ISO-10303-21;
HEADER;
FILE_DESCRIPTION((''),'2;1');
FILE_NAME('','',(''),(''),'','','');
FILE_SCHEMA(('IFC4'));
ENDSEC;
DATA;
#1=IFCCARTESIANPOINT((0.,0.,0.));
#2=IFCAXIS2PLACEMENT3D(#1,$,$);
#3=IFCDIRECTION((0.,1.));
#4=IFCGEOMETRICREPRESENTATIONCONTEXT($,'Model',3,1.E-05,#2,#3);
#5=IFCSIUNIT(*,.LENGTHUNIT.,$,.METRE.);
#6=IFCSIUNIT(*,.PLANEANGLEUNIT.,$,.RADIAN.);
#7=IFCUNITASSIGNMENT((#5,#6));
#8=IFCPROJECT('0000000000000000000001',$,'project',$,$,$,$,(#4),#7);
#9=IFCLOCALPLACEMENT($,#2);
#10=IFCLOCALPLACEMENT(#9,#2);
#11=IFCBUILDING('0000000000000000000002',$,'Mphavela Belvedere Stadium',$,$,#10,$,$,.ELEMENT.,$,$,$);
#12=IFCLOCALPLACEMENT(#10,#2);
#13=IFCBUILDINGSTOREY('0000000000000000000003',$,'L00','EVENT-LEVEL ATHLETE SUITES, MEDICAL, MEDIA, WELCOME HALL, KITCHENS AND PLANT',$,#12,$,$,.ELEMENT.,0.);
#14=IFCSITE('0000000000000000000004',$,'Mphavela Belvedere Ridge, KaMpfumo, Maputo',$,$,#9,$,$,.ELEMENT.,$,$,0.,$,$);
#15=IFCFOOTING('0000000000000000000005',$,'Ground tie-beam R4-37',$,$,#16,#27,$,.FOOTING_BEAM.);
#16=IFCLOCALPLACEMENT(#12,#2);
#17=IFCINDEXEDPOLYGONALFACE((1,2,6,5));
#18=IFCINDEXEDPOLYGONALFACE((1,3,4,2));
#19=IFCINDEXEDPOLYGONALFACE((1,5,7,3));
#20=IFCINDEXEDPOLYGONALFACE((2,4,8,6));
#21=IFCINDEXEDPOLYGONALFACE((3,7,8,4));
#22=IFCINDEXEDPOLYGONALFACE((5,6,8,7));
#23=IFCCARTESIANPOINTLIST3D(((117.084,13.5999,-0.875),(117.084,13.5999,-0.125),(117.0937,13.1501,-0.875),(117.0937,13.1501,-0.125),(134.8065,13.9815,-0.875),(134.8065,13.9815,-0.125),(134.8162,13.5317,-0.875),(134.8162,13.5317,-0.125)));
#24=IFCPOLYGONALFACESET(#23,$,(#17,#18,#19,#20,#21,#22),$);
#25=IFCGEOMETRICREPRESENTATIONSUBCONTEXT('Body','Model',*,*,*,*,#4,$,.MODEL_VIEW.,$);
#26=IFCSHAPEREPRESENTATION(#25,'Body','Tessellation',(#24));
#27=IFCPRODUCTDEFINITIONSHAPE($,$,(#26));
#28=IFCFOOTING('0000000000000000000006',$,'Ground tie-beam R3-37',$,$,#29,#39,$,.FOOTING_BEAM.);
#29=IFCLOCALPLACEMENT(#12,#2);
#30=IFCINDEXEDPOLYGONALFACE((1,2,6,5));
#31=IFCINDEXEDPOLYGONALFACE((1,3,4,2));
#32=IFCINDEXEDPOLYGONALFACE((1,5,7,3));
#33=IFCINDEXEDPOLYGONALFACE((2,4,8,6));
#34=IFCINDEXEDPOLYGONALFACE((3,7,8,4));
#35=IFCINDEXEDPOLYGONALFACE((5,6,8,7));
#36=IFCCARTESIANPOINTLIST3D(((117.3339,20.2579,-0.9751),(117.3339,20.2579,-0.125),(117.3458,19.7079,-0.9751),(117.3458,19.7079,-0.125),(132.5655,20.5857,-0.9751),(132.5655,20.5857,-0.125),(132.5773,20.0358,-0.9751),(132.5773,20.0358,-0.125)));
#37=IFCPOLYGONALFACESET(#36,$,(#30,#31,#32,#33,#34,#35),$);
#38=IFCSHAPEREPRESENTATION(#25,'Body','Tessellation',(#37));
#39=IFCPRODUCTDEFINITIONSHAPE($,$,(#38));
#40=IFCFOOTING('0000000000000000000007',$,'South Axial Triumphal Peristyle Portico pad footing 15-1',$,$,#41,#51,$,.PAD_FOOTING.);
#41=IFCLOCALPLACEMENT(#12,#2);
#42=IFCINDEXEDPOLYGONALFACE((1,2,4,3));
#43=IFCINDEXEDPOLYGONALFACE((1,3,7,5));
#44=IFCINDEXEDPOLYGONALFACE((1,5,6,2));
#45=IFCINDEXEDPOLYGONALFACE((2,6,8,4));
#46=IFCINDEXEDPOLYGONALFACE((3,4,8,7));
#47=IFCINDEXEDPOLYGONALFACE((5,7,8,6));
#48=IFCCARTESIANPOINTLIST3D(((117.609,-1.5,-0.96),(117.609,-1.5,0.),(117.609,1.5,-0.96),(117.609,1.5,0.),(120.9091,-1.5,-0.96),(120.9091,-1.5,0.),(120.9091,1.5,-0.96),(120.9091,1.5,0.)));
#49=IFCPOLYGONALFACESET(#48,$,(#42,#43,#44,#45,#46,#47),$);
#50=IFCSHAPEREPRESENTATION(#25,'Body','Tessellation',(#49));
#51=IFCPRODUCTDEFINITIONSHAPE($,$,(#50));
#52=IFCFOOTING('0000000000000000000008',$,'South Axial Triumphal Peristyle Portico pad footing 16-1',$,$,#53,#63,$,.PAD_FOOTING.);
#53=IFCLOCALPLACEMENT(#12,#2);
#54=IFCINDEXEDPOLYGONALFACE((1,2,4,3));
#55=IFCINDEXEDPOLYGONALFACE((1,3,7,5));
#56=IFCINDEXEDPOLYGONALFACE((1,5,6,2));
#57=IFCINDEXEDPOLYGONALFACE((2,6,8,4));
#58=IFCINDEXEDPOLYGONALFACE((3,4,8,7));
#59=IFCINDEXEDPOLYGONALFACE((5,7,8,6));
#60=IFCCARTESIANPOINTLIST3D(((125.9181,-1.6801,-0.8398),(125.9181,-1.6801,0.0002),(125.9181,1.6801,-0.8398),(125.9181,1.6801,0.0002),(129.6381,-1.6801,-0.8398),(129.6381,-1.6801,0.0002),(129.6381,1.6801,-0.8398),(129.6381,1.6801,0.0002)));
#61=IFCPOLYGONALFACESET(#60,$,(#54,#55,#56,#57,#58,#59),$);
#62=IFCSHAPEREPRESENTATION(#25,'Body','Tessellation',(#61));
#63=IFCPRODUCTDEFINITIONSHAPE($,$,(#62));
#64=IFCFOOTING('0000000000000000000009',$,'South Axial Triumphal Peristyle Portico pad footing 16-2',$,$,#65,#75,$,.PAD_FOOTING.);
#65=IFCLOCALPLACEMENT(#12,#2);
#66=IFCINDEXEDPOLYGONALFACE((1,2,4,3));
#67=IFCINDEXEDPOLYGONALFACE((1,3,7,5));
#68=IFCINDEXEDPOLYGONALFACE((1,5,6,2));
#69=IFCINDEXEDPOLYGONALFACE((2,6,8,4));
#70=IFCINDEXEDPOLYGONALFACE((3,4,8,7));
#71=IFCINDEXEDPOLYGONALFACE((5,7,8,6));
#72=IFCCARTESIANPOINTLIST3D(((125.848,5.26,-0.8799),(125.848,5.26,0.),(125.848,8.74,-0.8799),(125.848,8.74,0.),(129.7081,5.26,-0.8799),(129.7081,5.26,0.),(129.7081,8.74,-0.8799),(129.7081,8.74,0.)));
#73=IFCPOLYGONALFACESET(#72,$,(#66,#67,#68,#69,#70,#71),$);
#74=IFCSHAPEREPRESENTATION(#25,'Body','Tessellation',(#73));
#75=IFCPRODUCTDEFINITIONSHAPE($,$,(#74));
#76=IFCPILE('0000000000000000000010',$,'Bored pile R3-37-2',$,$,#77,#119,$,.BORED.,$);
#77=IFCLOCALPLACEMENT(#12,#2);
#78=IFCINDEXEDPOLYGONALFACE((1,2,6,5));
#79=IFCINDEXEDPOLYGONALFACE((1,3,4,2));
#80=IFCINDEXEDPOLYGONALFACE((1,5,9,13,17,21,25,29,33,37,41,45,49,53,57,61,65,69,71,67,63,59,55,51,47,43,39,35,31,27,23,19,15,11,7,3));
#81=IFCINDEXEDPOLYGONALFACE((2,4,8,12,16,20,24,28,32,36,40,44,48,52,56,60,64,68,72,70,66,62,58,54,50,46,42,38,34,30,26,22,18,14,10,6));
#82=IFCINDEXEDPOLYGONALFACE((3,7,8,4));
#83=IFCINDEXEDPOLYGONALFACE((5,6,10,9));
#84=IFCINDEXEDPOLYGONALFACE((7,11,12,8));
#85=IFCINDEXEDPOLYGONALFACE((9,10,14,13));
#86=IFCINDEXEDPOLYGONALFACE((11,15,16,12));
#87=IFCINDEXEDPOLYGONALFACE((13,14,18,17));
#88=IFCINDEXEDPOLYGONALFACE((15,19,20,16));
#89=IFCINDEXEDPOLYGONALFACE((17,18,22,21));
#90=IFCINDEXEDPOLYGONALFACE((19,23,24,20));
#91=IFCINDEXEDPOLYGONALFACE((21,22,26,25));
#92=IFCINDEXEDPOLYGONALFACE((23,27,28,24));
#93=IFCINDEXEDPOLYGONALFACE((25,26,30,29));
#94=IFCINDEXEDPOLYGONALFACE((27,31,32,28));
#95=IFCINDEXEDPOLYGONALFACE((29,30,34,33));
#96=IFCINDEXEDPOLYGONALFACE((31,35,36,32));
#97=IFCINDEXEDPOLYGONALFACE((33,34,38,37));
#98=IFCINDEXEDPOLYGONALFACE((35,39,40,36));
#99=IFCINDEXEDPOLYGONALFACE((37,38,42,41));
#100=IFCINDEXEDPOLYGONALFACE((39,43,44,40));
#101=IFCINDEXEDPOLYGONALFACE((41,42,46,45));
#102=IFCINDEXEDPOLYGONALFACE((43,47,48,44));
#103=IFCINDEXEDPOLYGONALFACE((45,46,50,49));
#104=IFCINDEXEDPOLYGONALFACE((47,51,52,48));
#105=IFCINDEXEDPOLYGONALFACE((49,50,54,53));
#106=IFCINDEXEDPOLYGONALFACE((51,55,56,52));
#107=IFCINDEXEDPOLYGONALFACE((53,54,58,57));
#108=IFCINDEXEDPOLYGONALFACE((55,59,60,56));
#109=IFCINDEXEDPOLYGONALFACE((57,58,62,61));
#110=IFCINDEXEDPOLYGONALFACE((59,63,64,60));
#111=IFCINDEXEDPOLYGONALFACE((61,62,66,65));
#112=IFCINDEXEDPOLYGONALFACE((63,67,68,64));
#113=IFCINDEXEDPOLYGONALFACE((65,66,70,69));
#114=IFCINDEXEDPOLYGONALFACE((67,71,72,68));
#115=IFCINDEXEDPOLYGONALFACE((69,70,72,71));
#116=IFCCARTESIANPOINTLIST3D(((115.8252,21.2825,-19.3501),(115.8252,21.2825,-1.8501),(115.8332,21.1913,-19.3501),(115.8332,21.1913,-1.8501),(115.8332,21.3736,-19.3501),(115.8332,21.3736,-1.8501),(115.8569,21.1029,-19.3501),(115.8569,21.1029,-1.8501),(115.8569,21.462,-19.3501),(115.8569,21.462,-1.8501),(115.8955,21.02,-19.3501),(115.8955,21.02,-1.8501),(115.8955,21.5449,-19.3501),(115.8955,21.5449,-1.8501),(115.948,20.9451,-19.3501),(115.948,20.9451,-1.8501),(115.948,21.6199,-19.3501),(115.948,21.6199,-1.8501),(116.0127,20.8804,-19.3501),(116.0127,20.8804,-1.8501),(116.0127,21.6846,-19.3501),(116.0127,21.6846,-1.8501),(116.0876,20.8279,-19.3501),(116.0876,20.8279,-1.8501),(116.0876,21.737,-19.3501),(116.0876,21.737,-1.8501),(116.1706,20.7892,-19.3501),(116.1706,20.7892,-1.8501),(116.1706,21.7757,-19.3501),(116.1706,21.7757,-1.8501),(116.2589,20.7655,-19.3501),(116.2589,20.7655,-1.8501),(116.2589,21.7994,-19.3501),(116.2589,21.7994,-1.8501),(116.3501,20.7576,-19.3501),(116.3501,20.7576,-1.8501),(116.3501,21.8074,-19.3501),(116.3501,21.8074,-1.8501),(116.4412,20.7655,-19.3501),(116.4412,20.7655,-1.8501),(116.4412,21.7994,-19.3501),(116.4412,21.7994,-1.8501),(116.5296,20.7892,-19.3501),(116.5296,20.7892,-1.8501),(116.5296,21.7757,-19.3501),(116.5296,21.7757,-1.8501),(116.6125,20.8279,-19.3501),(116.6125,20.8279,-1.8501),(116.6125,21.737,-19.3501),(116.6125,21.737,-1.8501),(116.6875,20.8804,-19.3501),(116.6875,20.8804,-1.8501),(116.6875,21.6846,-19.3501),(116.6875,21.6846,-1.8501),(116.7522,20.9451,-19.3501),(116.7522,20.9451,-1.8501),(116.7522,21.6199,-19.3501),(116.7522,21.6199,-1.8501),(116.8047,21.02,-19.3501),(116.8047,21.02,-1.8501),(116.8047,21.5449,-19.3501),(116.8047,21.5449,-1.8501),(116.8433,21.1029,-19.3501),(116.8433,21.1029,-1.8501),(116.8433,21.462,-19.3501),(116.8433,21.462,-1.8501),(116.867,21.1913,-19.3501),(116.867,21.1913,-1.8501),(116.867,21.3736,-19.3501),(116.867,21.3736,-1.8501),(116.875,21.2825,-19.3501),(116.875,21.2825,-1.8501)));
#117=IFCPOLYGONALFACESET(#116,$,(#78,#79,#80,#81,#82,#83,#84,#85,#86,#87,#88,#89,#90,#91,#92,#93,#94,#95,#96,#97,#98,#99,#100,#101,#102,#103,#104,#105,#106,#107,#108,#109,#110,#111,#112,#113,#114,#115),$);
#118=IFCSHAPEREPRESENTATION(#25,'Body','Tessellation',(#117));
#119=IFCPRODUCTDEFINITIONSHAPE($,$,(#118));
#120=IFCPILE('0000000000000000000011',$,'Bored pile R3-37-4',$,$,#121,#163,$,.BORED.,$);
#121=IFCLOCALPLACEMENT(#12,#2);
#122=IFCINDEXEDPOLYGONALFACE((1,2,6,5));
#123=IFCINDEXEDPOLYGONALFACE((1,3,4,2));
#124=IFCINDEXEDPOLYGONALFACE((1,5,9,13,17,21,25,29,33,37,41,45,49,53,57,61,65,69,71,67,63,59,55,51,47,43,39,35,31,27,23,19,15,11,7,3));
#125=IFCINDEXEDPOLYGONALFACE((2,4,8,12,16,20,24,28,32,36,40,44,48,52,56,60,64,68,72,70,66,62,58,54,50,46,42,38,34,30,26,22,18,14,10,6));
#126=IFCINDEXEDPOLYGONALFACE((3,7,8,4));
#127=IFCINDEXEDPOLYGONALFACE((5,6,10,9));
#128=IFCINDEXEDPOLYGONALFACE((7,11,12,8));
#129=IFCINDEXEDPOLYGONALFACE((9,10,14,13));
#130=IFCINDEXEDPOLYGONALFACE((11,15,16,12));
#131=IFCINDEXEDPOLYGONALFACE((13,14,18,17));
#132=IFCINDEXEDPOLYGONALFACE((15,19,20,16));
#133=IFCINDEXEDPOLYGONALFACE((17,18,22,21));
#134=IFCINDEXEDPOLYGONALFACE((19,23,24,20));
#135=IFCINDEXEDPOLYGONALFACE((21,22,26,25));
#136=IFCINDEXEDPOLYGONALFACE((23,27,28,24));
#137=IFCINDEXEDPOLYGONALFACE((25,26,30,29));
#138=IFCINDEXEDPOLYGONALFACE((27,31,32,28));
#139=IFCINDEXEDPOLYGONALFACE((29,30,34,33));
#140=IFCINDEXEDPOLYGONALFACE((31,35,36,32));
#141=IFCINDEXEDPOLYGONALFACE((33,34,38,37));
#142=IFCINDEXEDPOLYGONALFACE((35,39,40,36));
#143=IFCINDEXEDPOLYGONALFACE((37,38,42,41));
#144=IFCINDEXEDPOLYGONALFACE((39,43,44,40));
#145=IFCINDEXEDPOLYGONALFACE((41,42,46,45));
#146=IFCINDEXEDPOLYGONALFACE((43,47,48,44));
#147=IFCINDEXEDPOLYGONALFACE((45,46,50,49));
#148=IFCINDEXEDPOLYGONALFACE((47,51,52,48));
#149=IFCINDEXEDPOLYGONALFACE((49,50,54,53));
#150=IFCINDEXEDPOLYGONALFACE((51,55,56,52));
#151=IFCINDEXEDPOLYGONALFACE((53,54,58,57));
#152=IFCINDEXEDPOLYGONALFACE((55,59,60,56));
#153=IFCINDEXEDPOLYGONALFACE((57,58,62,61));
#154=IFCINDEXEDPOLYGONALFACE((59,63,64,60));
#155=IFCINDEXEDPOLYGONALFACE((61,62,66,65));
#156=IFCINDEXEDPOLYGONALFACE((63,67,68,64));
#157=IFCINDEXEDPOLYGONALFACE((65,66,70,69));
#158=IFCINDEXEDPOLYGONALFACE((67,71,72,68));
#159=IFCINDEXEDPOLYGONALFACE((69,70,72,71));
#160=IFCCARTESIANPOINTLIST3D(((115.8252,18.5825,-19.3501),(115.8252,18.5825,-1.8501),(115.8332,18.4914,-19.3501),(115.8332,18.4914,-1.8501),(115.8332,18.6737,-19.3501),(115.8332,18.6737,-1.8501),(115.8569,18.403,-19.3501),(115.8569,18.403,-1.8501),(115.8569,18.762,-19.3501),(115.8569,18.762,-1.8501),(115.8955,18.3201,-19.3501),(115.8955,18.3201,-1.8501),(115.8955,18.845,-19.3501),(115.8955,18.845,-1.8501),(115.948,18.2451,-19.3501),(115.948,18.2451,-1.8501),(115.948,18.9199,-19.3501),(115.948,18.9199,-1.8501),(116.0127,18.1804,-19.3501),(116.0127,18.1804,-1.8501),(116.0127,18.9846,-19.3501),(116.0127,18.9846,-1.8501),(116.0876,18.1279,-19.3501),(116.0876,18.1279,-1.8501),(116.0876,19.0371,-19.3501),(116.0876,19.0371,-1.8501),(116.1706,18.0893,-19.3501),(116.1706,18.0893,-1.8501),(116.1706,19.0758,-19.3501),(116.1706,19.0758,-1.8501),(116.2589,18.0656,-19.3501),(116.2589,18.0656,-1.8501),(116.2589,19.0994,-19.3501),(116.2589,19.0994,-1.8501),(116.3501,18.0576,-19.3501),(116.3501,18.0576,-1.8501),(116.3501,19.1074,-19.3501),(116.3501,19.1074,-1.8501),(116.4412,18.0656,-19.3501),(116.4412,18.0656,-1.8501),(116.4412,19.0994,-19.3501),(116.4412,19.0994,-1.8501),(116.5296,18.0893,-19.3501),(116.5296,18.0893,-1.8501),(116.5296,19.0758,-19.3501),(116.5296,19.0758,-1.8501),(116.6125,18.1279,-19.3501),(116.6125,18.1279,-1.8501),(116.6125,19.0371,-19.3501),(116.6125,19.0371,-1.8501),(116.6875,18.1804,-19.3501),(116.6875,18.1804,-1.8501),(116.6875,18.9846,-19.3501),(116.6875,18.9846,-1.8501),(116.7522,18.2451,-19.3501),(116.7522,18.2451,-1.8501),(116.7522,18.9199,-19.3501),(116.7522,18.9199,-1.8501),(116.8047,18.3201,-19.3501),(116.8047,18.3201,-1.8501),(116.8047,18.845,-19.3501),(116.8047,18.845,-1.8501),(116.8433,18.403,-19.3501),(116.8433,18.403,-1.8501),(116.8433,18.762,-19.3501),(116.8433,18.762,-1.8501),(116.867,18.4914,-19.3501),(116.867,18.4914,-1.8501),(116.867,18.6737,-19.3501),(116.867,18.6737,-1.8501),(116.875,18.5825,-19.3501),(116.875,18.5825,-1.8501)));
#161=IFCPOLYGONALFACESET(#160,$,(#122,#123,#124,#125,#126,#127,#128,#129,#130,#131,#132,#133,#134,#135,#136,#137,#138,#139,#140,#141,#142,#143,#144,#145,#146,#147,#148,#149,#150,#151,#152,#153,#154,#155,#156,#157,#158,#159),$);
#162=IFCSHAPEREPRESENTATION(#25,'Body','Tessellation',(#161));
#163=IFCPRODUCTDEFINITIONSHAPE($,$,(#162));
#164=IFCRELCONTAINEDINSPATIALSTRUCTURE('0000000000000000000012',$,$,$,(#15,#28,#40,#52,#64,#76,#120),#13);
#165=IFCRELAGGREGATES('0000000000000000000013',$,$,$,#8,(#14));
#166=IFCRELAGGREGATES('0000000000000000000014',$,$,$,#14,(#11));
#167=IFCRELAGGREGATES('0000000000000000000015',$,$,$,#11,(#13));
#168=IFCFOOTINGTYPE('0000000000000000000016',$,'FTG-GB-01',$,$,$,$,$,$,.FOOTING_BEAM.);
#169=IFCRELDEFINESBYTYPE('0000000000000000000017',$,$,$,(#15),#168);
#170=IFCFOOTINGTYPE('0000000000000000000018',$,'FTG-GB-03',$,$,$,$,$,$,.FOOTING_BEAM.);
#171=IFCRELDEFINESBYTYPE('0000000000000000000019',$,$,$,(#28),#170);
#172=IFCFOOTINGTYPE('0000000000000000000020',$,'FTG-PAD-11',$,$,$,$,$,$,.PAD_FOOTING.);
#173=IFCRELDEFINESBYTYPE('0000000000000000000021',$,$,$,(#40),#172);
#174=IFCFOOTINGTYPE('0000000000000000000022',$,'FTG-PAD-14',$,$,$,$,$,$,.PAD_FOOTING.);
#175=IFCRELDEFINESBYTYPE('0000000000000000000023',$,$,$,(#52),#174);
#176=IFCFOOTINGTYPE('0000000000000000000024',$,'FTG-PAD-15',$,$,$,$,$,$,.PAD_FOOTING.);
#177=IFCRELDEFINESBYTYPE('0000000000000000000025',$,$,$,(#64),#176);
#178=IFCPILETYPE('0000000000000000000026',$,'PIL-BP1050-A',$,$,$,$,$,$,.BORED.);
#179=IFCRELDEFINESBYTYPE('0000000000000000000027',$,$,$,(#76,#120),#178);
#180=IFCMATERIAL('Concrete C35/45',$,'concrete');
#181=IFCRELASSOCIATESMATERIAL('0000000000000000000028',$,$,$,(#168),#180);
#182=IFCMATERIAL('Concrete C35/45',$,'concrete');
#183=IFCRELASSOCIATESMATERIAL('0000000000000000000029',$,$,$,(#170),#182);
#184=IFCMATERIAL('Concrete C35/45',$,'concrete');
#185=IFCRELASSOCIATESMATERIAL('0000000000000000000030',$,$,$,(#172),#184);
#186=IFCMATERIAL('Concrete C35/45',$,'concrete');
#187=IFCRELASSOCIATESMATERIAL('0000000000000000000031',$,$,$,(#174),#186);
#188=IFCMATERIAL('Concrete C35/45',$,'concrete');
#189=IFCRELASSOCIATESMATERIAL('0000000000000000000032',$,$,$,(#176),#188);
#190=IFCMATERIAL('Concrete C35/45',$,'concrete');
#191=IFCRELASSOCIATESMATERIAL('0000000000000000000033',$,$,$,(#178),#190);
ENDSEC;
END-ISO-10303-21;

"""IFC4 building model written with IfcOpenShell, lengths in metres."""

from ifc_helpers import new_model, si_unit, direction, frame, origin, origin_2d, place, context, subcontext, project, spatial, rectangle, circle, extrude, material, material_profile, profile_set, type_object, element, save


model = new_model("IFC4")

# Units and contexts
model_context = context("Model", 3, precision=1e-05, world=origin(), true_north=direction((0.0, 1.0)))
body_context = subcontext(model_context, "Body", "Model", "MODEL_VIEW")
ifc_project = project(units=[si_unit("LENGTHUNIT", "METRE"), si_unit("PLANEANGLEUNIT", "RADIAN")], contexts=[model_context])

# Site, building, storey
site_placement = place(None, origin())
site = spatial("IfcSite", under=ifc_project, at=site_placement, Name="Mphavela Belvedere Ridge, KaMpfumo, Maputo", CompositionType="ELEMENT", RefElevation=0.0)
building_placement = place(site_placement, origin())
building = spatial("IfcBuilding", under=site, at=building_placement, Name="Mphavela Belvedere Stadium", CompositionType="ELEMENT")
storey_placement = place(building_placement, origin())
storey = spatial("IfcBuildingStorey", under=building, at=storey_placement, Name="L00", Description="EVENT-LEVEL ATHLETE SUITES, MEDICAL, MEDIA, WELCOME HALL, KITCHENS AND PLANT", CompositionType="ELEMENT", Elevation=0.0)

# Footings
ifc_material_1 = material(Name="Concrete C35/45", Category="concrete")
ifc_material_profile_1 = material_profile(ifc_material_1, rectangle(XDim=0.45, YDim=0.75, at=origin_2d()), Name="GB 450x750")
ifc_profile_set_1 = profile_set([ifc_material_profile_1], Name="Concrete C35/45")
footing_type_1 = type_object("IfcFootingType", Name="FTG-GB-01", PredefinedType="FOOTING_BEAM", material=ifc_profile_set_1)
footing_1_placement = place(storey_placement, frame((117.0889, 13.375, -0.5), z_axis=(0.999768, 0.021527, 0.0), x_axis=(-0.021527, 0.999768, 0.0)))
element("IfcFooting", 1, at=footing_1_placement, inside=storey, type_object=footing_type_1, Name="Ground tie-beam R4-37", PredefinedType="FOOTING_BEAM", context=body_context, shape_type="SweptSolid", body=[
    extrude(rectangle(XDim=0.45, YDim=0.75, at=origin_2d()), origin(), (0.0, 0.0, 1.0), 17.7266),
])
ifc_material_2 = material(Name="Concrete C35/45", Category="concrete")
ifc_material_profile_2 = material_profile(ifc_material_2, rectangle(XDim=0.55, YDim=0.8501, at=origin_2d()), Name="GB 550x850")
ifc_profile_set_2 = profile_set([ifc_material_profile_2], Name="Concrete C35/45")
footing_type_2 = type_object("IfcFootingType", Name="FTG-GB-03", PredefinedType="FOOTING_BEAM", material=ifc_profile_set_2)
footing_2_placement = place(storey_placement, frame((117.3398, 19.9829, -0.55), z_axis=(0.999768, 0.021521, 0.0), x_axis=(-0.021521, 0.999768, 0.0)))
element("IfcFooting", 2, at=footing_2_placement, inside=storey, type_object=footing_type_2, Name="Ground tie-beam R3-37", PredefinedType="FOOTING_BEAM", context=body_context, shape_type="SweptSolid", body=[
    extrude(rectangle(XDim=0.55, YDim=0.8501, at=origin_2d()), origin(), (0.0, 0.0, 1.0), 15.2351),
])
ifc_material_3 = material(Name="Concrete C35/45", Category="concrete")
footing_type_3 = type_object("IfcFootingType", Name="FTG-PAD-11", PredefinedType="PAD_FOOTING", material=ifc_material_3)
footing_3_placement = place(storey_placement, frame((119.259, 0.0, -0.96), z_axis=(0.0, 0.0, 1.0), x_axis=(1.0, 0.0, 0.0)))
element("IfcFooting", 3, at=footing_3_placement, inside=storey, type_object=footing_type_3, Name="South Axial Triumphal Peristyle Portico pad footing 15-1", PredefinedType="PAD_FOOTING", context=body_context, shape_type="SweptSolid", body=[
    extrude(rectangle(XDim=3.3, YDim=3.0, at=origin_2d()), origin(), (0.0, 0.0, 1.0), 0.96),
])
ifc_material_4 = material(Name="Concrete C35/45", Category="concrete")
footing_type_4 = type_object("IfcFootingType", Name="FTG-PAD-14", PredefinedType="PAD_FOOTING", material=ifc_material_4)
footing_4_placement = place(storey_placement, frame((127.7781, 0.0, -0.8398), z_axis=(0.0, 0.0, 1.0), x_axis=(1.0, 0.0, 0.0)))
element("IfcFooting", 4, at=footing_4_placement, inside=storey, type_object=footing_type_4, Name="South Axial Triumphal Peristyle Portico pad footing 16-1", PredefinedType="PAD_FOOTING", context=body_context, shape_type="SweptSolid", body=[
    extrude(rectangle(XDim=3.72, YDim=3.3601, at=origin_2d()), origin(), (0.0, 0.0, 1.0), 0.8401),
])
ifc_material_5 = material(Name="Concrete C35/45", Category="concrete")
footing_type_5 = type_object("IfcFootingType", Name="FTG-PAD-15", PredefinedType="PAD_FOOTING", material=ifc_material_5)
footing_5_placement = place(storey_placement, frame((127.7781, 7.0, -0.8799), z_axis=(0.0, 0.0, 1.0), x_axis=(1.0, 0.0, 0.0)))
element("IfcFooting", 5, at=footing_5_placement, inside=storey, type_object=footing_type_5, Name="South Axial Triumphal Peristyle Portico pad footing 16-2", PredefinedType="PAD_FOOTING", context=body_context, shape_type="SweptSolid", body=[
    extrude(rectangle(XDim=3.8601, YDim=3.48, at=origin_2d()), origin(), (0.0, 0.0, 1.0), 0.8799),
])

# Piles
ifc_material_6 = material(Name="Concrete C35/45", Category="concrete")
ifc_material_profile_3 = material_profile(ifc_material_6, circle(Radius=0.5249, at=origin_2d()), Name="BP D1050")
ifc_profile_set_3 = profile_set([ifc_material_profile_3], Name="Concrete C35/45")
pile_type_1 = type_object("IfcPileType", Name="PIL-BP1050-A", PredefinedType="BORED", material=ifc_profile_set_3)
for number, where, z_axis, x_axis, name in (
    (6, (116.3501, 21.2825, -1.8501), (0.0, 0.0, -1.0), (1.0, 0.0, 0.0), "Bored pile R3-37-2"),
    (7, (116.3501, 18.5825, -1.8501), (0.0, 0.0, -1.0), (1.0, 0.0, 0.0), "Bored pile R3-37-4"),
):
    element("IfcPile", number, at=place(storey_placement, frame(where, z_axis=z_axis, x_axis=x_axis)), inside=storey, type_object=pile_type_1, Name=name, PredefinedType="BORED", context=body_context, shape_type="SweptSolid", body=[
        extrude(circle(Radius=0.5249, at=origin_2d()), origin(), (0.0, 0.0, 1.0), 17.5),
    ])

save(model, "model.ifc")
